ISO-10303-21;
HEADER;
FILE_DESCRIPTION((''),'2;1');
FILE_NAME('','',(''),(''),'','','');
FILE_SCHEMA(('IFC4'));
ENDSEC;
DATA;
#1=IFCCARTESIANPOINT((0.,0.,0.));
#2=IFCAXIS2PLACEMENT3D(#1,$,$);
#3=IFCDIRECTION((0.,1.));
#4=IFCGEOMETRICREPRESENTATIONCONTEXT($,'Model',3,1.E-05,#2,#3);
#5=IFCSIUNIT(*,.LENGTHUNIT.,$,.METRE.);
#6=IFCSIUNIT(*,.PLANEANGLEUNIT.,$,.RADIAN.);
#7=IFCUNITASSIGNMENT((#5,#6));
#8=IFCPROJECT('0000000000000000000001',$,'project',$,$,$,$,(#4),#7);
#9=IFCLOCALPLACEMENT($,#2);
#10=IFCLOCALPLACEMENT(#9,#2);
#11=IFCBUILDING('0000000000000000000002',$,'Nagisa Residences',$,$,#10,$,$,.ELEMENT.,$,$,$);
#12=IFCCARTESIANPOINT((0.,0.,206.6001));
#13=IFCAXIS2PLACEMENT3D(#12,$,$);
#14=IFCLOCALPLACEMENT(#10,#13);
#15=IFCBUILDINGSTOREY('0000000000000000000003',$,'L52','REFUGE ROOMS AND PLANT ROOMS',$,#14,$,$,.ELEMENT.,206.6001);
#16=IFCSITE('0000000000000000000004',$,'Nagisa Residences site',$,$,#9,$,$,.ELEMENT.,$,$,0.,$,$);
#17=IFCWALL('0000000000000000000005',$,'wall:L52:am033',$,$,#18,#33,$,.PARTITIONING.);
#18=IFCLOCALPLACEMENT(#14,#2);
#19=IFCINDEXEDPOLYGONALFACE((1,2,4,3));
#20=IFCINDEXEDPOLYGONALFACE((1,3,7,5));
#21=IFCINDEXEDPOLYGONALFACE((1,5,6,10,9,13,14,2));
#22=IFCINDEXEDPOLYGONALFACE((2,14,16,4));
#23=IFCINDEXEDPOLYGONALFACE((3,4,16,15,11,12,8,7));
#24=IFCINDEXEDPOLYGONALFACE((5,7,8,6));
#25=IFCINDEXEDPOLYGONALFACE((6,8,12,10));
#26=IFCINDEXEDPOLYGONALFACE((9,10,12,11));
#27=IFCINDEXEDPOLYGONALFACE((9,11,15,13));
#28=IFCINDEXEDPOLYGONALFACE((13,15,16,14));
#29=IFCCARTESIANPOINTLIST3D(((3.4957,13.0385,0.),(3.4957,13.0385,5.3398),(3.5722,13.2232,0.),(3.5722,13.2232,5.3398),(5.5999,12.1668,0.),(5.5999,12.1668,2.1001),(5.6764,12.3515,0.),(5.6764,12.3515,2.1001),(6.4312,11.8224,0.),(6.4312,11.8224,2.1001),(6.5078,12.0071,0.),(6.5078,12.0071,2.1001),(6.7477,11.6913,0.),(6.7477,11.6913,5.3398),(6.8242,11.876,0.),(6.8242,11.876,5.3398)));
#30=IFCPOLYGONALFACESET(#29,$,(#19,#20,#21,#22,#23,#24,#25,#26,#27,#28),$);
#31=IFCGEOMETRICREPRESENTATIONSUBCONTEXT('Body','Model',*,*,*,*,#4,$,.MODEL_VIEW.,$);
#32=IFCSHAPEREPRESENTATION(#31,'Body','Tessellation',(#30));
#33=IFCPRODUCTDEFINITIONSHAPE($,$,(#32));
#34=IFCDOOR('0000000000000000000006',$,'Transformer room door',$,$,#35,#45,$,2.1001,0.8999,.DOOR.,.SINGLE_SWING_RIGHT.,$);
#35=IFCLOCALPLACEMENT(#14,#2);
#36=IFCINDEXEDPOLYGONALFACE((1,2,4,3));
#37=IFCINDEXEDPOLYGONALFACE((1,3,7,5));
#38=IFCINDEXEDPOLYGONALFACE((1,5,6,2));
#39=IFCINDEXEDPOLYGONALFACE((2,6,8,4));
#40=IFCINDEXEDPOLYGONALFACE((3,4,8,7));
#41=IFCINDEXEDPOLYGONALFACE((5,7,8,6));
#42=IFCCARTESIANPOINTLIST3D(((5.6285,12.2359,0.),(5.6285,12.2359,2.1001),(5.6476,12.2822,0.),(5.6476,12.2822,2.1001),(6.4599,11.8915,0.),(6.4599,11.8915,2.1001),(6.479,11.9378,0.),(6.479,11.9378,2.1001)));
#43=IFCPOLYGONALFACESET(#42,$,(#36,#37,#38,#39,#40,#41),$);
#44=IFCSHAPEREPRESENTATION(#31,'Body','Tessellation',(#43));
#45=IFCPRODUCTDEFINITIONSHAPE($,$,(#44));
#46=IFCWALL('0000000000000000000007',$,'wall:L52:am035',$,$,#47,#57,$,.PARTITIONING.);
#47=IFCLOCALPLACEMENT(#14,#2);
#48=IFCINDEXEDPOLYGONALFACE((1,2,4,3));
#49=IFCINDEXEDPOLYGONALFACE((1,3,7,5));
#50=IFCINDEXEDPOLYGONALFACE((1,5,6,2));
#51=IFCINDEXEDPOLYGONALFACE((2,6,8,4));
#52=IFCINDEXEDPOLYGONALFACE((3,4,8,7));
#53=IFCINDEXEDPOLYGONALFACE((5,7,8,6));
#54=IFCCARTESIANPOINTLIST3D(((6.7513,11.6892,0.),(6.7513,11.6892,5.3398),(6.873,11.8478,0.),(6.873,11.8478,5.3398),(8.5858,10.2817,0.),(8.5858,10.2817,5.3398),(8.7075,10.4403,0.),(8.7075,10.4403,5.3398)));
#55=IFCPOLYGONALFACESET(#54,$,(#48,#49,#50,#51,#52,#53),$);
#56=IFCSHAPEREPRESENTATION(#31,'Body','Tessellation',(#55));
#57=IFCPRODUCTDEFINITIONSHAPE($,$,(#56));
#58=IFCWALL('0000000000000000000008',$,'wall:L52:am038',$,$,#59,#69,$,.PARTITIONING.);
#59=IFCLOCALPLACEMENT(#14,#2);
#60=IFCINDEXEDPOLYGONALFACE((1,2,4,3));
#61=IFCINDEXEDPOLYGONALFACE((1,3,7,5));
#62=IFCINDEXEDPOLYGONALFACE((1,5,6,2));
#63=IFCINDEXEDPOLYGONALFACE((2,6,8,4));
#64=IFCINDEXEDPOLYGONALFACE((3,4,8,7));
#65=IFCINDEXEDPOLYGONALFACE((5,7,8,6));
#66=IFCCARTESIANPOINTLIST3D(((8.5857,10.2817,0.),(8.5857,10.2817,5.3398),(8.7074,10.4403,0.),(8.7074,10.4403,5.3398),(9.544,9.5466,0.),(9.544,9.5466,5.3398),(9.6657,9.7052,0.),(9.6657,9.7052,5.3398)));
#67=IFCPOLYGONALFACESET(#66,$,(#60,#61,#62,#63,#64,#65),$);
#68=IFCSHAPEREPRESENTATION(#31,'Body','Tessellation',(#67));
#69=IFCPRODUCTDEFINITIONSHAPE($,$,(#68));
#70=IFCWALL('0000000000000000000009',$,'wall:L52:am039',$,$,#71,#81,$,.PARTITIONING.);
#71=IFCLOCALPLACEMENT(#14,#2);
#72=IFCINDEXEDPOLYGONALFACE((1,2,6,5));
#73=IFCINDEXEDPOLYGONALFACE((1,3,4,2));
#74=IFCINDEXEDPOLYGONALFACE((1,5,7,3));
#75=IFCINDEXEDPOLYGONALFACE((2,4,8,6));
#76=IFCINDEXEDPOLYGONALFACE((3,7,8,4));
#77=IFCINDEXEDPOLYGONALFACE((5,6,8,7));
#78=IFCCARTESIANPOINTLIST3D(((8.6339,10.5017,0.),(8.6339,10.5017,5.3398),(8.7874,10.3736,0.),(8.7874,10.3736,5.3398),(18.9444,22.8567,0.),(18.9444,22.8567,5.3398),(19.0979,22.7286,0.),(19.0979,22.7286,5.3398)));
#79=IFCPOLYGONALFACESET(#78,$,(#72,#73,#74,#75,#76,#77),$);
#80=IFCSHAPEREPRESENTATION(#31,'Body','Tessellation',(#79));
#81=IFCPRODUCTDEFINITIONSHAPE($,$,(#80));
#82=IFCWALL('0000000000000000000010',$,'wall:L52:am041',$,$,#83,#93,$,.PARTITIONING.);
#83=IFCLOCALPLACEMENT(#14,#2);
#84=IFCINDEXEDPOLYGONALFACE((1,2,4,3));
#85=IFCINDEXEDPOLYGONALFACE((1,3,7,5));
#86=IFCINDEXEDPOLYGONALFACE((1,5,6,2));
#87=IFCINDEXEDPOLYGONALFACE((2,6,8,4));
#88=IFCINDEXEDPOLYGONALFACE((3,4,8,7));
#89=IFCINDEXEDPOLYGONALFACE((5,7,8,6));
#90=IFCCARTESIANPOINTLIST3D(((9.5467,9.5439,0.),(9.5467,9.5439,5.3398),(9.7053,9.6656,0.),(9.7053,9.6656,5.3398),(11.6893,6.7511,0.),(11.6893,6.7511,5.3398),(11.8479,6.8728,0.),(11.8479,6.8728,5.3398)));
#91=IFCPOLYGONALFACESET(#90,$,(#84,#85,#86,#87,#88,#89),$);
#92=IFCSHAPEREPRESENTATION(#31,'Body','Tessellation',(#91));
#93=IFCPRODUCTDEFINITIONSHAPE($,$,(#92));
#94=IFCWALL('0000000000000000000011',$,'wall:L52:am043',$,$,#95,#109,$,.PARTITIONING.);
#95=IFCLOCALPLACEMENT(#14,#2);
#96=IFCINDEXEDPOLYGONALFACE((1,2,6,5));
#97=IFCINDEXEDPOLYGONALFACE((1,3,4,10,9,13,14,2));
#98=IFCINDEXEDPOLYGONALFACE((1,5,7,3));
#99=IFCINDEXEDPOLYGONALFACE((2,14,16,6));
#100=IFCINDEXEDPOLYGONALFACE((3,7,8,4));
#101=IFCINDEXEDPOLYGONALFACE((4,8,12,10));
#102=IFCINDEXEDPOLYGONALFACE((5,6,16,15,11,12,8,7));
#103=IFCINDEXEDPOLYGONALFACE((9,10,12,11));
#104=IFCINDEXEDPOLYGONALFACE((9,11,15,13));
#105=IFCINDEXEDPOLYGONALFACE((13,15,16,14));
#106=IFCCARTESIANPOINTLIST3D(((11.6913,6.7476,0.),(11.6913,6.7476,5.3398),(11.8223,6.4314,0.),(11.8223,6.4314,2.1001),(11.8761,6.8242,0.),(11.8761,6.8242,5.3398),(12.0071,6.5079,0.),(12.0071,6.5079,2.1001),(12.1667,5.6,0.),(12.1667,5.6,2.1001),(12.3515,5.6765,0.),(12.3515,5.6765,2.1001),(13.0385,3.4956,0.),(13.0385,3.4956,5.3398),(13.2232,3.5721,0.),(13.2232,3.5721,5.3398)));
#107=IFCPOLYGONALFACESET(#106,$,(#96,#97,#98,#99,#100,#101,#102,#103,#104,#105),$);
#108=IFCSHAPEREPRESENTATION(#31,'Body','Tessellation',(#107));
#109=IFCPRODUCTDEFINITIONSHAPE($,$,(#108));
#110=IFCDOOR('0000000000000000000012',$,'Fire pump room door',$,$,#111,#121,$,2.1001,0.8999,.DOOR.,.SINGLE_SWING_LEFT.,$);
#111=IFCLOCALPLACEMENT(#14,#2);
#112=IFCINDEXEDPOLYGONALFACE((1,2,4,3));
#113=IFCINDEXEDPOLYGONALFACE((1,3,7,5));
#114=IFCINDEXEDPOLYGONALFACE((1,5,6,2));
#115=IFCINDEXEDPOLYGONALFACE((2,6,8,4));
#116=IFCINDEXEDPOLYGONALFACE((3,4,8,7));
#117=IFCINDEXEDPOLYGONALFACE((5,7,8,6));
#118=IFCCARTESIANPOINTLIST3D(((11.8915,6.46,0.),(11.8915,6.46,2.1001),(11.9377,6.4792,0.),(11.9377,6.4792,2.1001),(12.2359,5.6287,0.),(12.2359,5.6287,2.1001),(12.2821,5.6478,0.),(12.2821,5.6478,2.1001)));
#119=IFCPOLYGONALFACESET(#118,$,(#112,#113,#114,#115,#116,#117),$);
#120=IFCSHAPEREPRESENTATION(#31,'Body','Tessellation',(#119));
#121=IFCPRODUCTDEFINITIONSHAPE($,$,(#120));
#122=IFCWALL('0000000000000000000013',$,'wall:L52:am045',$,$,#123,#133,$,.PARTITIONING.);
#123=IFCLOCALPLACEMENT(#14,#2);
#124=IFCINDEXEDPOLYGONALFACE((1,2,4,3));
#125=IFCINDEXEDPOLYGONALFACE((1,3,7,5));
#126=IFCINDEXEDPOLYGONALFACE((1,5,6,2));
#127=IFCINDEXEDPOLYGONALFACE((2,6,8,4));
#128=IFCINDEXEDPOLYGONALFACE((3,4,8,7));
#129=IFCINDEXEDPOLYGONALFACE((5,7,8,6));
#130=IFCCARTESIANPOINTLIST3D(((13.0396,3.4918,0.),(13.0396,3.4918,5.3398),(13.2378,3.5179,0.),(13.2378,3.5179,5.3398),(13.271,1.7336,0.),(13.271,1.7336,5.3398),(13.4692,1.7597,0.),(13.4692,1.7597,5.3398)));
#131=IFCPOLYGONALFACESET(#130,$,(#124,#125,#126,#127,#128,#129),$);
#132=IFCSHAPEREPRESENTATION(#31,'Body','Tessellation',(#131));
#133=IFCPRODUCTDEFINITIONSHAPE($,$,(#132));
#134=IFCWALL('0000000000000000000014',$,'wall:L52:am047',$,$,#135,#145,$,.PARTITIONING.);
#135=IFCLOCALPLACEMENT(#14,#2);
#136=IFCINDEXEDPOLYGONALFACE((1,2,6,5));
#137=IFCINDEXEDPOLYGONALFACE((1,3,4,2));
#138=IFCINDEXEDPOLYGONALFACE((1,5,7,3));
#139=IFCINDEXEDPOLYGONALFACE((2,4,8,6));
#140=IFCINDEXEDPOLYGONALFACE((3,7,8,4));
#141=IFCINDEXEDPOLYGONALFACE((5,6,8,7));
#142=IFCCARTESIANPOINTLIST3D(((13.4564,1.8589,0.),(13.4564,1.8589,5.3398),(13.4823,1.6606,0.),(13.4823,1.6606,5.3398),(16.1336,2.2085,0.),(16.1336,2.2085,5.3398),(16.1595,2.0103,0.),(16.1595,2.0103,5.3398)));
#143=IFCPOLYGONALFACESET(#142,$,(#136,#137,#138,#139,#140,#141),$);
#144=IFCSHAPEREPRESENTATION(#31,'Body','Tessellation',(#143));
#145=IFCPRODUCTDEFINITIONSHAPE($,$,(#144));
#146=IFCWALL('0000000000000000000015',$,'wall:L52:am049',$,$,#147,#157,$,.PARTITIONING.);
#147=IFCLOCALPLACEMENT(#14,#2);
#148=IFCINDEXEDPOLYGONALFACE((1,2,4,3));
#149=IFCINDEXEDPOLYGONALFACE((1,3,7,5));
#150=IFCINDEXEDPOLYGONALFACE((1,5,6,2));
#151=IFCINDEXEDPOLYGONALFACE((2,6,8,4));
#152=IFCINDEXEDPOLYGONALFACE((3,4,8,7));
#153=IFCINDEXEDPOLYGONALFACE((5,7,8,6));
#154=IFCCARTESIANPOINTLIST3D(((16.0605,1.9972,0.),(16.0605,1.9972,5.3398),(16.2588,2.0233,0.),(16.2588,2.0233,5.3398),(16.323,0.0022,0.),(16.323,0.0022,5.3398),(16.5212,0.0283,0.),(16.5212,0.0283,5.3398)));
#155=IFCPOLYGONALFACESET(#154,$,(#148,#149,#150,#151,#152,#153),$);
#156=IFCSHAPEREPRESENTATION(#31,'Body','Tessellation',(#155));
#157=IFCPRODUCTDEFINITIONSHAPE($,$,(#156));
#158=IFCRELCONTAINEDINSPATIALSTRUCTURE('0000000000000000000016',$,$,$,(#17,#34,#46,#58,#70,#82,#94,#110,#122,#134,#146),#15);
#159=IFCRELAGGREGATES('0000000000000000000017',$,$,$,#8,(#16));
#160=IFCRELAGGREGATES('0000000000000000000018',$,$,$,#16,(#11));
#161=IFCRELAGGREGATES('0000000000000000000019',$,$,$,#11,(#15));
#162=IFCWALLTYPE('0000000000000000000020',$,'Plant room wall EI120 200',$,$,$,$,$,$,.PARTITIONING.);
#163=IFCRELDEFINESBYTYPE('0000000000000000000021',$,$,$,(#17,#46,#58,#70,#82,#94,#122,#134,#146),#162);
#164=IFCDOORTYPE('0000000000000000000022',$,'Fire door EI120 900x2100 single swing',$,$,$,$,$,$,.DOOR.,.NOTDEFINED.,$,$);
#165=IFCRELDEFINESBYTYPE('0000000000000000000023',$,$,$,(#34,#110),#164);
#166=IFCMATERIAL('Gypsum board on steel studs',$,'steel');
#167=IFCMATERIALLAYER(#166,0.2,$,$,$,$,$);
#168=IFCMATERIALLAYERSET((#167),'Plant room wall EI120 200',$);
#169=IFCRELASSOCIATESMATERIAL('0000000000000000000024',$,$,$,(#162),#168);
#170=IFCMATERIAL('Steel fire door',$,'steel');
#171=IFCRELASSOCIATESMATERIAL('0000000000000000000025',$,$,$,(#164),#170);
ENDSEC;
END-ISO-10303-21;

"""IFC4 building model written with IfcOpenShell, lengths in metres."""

from ifc_helpers import new_model, si_unit, direction, frame, frame_2d, origin, place, context, subcontext, project, spatial, rectangle, extrude, material, layer, layer_set, type_object, element, fill, save


model = new_model("IFC4")

# Units and contexts
model_context = context("Model", 3, precision=1e-05, world=origin(), true_north=direction((0.0, 1.0)))
body_context = subcontext(model_context, "Body", "Model", "MODEL_VIEW")
ifc_project = project(units=[si_unit("LENGTHUNIT", "METRE"), si_unit("PLANEANGLEUNIT", "RADIAN")], contexts=[model_context])

# Site, building, storey
site_placement = place(None, origin())
site = spatial("IfcSite", under=ifc_project, at=site_placement, Name="Nagisa Residences site", CompositionType="ELEMENT", RefElevation=0.0)
building_placement = place(site_placement, origin())
building = spatial("IfcBuilding", under=site, at=building_placement, Name="Nagisa Residences", CompositionType="ELEMENT")
storey_placement = place(building_placement, frame((0.0, 0.0, 206.6001)))
storey = spatial("IfcBuildingStorey", under=building, at=storey_placement, Name="L52", Description="REFUGE ROOMS AND PLANT ROOMS", CompositionType="ELEMENT", Elevation=206.6001)

# Wall, opening, door
ifc_material_1 = material(Name="Gypsum board on steel studs", Category="steel")
ifc_layer_1 = layer(ifc_material_1, 0.2)
ifc_layer_set_1 = layer_set([ifc_layer_1], Name="Plant room wall EI120 200")
wall_type_1 = type_object("IfcWallType", Name="Plant room wall EI120 200", PredefinedType="PARTITIONING", material=ifc_layer_set_1)
wall_1_placement = place(storey_placement, frame((3.5339, 13.1309, 0.0), z_axis=(0.0, 0.0, 1.0), x_axis=(0.923863, -0.382723, 0.0)))
wall_1 = element("IfcWall", 1, at=wall_1_placement, inside=storey, type_object=wall_type_1, Name="wall:L52:am033", PredefinedType="PARTITIONING", context=body_context, shape_type="SweptSolid", body=[
    extrude(rectangle(XDim=3.52, YDim=0.2, at=frame_2d((1.76, 0.0))), origin(), (0.0, 0.0, 1.0), 5.3398),
])
opening_1_placement = place(wall_1_placement, frame((2.2776, 0.0, 0.0)))
opening_1 = element("IfcOpeningElement", 2, at=opening_1_placement, cuts=wall_1, PredefinedType="OPENING", context=body_context, shape_type="SweptSolid", body=[
    extrude(rectangle(XDim=0.8999, YDim=2.1001, at=frame_2d((0.45, 1.05))), frame((0.0, 0.1099, 0.0), z_axis=(0.0, -1.0, 0.0), x_axis=(1.0, 0.0, 0.0)), (0.0, 0.0, 1.0), 0.22),
])
ifc_material_2 = material(Name="Steel fire door", Category="steel")
door_type_1 = type_object("IfcDoorType", Name="Fire door EI120 900x2100 single swing", OperationType="NOTDEFINED", PredefinedType="DOOR", material=ifc_material_2)
door_1_placement = place(opening_1_placement, origin())
door_1 = element("IfcDoor", 3, at=door_1_placement, inside=storey, type_object=door_type_1, Name="Transformer room door", OperationType="SINGLE_SWING_RIGHT", OverallHeight=2.1001, OverallWidth=0.8999, PredefinedType="DOOR", context=body_context, shape_type="SweptSolid", body=[
    extrude(rectangle(XDim=0.8999, YDim=2.1001, at=frame_2d((0.45, 1.05))), frame((0.0, 0.0249, 0.0), z_axis=(0.0, -1.0, 0.0), x_axis=(1.0, 0.0, 0.0)), (0.0, 0.0, 1.0), 0.05),
])
fill(opening_1, door_1)

# Walls
wall_2_placement = place(storey_placement, frame((6.812, 11.7686, 0.0), z_axis=(0.0, 0.0, 1.0), x_axis=(0.793389, -0.608715, 0.0)))
element("IfcWall", 4, at=wall_2_placement, inside=storey, type_object=wall_type_1, Name="wall:L52:am035", PredefinedType="PARTITIONING", context=body_context, shape_type="SweptSolid", body=[
    extrude(rectangle(XDim=2.3123, YDim=0.2, at=frame_2d((1.1562, 0.0))), origin(), (0.0, 0.0, 1.0), 5.3398),
])
wall_3_placement = place(storey_placement, frame((8.6465, 10.3611, 0.0), z_axis=(0.0, 0.0, 1.0), x_axis=(0.793427, -0.608665, 0.0)))
element("IfcWall", 5, at=wall_3_placement, inside=storey, type_object=wall_type_1, Name="wall:L52:am038", PredefinedType="PARTITIONING", context=body_context, shape_type="SweptSolid", body=[
    extrude(rectangle(XDim=1.2078, YDim=0.2, at=frame_2d((0.604, 0.0))), origin(), (0.0, 0.0, 1.0), 5.3398),
])
wall_4_placement = place(storey_placement, frame((8.7107, 10.4377, 0.0), z_axis=(0.0, 0.0, 1.0), x_axis=(0.640724, 0.767771, 0.0)))
element("IfcWall", 6, at=wall_4_placement, inside=storey, type_object=wall_type_1, Name="wall:L52:am039", PredefinedType="PARTITIONING", context=body_context, shape_type="SweptSolid", body=[
    extrude(rectangle(XDim=16.092, YDim=0.2, at=frame_2d((8.0459, 0.0))), origin(), (0.0, 0.0, 1.0), 5.3398),
])
wall_5_placement = place(storey_placement, frame((9.626, 9.6047, 0.0), z_axis=(0.0, 0.0, 1.0), x_axis=(0.608698, -0.793402, 0.0)))
element("IfcWall", 7, at=wall_5_placement, inside=storey, type_object=wall_type_1, Name="wall:L52:am041", PredefinedType="PARTITIONING", context=body_context, shape_type="SweptSolid", body=[
    extrude(rectangle(XDim=3.52, YDim=0.2, at=frame_2d((1.76, 0.0))), origin(), (0.0, 0.0, 1.0), 5.3398),
])

# Wall, opening, door
wall_6_placement = place(storey_placement, frame((11.7837, 6.7859, 0.0), z_axis=(0.0, 0.0, 1.0), x_axis=(0.382723, -0.923863, 0.0)))
wall_6 = element("IfcWall", 8, at=wall_6_placement, inside=storey, type_object=wall_type_1, Name="wall:L52:am043", PredefinedType="PARTITIONING", context=body_context, shape_type="SweptSolid", body=[
    extrude(rectangle(XDim=3.52, YDim=0.2, at=frame_2d((1.76, 0.0))), origin(), (0.0, 0.0, 1.0), 5.3398),
])
opening_2_placement = place(wall_6_placement, frame((0.3423, 0.0, 0.0)))
opening_2 = element("IfcOpeningElement", 9, at=opening_2_placement, cuts=wall_6, PredefinedType="OPENING", context=body_context, shape_type="SweptSolid", body=[
    extrude(rectangle(XDim=0.8999, YDim=2.1001, at=frame_2d((0.45, 1.05))), frame((0.0, 0.1099, 0.0), z_axis=(0.0, -1.0, 0.0), x_axis=(1.0, 0.0, 0.0)), (0.0, 0.0, 1.0), 0.22),
])
door_2_placement = place(opening_2_placement, origin())
door_2 = element("IfcDoor", 10, at=door_2_placement, inside=storey, type_object=door_type_1, Name="Fire pump room door", OperationType="SINGLE_SWING_LEFT", OverallHeight=2.1001, OverallWidth=0.8999, PredefinedType="DOOR", context=body_context, shape_type="SweptSolid", body=[
    extrude(rectangle(XDim=0.8999, YDim=2.1001, at=frame_2d((0.45, 1.05))), frame((0.0, 0.0249, 0.0), z_axis=(0.0, -1.0, 0.0), x_axis=(1.0, 0.0, 0.0)), (0.0, 0.0, 1.0), 0.05),
])
fill(opening_2, door_2)

# Walls
wall_7_placement = place(storey_placement, frame((13.1387, 3.5049, 0.0), z_axis=(0.0, 0.0, 1.0), x_axis=(0.130504, -0.991448, 0.0)))
element("IfcWall", 11, at=wall_7_placement, inside=storey, type_object=wall_type_1, Name="wall:L52:am045", PredefinedType="PARTITIONING", context=body_context, shape_type="SweptSolid", body=[
    extrude(rectangle(XDim=1.7734, YDim=0.2, at=frame_2d((0.8867, 0.0))), origin(), (0.0, 0.0, 1.0), 5.3398),
])
wall_8_placement = place(storey_placement, frame((13.4692, 1.7598, 0.0), z_axis=(0.0, 0.0, 1.0), x_axis=(0.991581, 0.129486, 0.0)))
element("IfcWall", 12, at=wall_8_placement, inside=storey, type_object=wall_type_1, Name="wall:L52:am047", PredefinedType="PARTITIONING", context=body_context, shape_type="SweptSolid", body=[
    extrude(rectangle(XDim=2.7, YDim=0.2, at=frame_2d((1.3501, 0.0))), origin(), (0.0, 0.0, 1.0), 5.3398),
])
wall_9_placement = place(storey_placement, frame((16.1597, 2.0103, 0.0), z_axis=(0.0, 0.0, 1.0), x_axis=(0.130423, -0.991458, 0.0)))
element("IfcWall", 13, at=wall_9_placement, inside=storey, type_object=wall_type_1, Name="wall:L52:am049", PredefinedType="PARTITIONING", context=body_context, shape_type="SweptSolid", body=[
    extrude(rectangle(XDim=2.0122, YDim=0.2, at=frame_2d((1.0061, 0.0))), origin(), (0.0, 0.0, 1.0), 5.3398),
])

save(model, "model.ifc")
